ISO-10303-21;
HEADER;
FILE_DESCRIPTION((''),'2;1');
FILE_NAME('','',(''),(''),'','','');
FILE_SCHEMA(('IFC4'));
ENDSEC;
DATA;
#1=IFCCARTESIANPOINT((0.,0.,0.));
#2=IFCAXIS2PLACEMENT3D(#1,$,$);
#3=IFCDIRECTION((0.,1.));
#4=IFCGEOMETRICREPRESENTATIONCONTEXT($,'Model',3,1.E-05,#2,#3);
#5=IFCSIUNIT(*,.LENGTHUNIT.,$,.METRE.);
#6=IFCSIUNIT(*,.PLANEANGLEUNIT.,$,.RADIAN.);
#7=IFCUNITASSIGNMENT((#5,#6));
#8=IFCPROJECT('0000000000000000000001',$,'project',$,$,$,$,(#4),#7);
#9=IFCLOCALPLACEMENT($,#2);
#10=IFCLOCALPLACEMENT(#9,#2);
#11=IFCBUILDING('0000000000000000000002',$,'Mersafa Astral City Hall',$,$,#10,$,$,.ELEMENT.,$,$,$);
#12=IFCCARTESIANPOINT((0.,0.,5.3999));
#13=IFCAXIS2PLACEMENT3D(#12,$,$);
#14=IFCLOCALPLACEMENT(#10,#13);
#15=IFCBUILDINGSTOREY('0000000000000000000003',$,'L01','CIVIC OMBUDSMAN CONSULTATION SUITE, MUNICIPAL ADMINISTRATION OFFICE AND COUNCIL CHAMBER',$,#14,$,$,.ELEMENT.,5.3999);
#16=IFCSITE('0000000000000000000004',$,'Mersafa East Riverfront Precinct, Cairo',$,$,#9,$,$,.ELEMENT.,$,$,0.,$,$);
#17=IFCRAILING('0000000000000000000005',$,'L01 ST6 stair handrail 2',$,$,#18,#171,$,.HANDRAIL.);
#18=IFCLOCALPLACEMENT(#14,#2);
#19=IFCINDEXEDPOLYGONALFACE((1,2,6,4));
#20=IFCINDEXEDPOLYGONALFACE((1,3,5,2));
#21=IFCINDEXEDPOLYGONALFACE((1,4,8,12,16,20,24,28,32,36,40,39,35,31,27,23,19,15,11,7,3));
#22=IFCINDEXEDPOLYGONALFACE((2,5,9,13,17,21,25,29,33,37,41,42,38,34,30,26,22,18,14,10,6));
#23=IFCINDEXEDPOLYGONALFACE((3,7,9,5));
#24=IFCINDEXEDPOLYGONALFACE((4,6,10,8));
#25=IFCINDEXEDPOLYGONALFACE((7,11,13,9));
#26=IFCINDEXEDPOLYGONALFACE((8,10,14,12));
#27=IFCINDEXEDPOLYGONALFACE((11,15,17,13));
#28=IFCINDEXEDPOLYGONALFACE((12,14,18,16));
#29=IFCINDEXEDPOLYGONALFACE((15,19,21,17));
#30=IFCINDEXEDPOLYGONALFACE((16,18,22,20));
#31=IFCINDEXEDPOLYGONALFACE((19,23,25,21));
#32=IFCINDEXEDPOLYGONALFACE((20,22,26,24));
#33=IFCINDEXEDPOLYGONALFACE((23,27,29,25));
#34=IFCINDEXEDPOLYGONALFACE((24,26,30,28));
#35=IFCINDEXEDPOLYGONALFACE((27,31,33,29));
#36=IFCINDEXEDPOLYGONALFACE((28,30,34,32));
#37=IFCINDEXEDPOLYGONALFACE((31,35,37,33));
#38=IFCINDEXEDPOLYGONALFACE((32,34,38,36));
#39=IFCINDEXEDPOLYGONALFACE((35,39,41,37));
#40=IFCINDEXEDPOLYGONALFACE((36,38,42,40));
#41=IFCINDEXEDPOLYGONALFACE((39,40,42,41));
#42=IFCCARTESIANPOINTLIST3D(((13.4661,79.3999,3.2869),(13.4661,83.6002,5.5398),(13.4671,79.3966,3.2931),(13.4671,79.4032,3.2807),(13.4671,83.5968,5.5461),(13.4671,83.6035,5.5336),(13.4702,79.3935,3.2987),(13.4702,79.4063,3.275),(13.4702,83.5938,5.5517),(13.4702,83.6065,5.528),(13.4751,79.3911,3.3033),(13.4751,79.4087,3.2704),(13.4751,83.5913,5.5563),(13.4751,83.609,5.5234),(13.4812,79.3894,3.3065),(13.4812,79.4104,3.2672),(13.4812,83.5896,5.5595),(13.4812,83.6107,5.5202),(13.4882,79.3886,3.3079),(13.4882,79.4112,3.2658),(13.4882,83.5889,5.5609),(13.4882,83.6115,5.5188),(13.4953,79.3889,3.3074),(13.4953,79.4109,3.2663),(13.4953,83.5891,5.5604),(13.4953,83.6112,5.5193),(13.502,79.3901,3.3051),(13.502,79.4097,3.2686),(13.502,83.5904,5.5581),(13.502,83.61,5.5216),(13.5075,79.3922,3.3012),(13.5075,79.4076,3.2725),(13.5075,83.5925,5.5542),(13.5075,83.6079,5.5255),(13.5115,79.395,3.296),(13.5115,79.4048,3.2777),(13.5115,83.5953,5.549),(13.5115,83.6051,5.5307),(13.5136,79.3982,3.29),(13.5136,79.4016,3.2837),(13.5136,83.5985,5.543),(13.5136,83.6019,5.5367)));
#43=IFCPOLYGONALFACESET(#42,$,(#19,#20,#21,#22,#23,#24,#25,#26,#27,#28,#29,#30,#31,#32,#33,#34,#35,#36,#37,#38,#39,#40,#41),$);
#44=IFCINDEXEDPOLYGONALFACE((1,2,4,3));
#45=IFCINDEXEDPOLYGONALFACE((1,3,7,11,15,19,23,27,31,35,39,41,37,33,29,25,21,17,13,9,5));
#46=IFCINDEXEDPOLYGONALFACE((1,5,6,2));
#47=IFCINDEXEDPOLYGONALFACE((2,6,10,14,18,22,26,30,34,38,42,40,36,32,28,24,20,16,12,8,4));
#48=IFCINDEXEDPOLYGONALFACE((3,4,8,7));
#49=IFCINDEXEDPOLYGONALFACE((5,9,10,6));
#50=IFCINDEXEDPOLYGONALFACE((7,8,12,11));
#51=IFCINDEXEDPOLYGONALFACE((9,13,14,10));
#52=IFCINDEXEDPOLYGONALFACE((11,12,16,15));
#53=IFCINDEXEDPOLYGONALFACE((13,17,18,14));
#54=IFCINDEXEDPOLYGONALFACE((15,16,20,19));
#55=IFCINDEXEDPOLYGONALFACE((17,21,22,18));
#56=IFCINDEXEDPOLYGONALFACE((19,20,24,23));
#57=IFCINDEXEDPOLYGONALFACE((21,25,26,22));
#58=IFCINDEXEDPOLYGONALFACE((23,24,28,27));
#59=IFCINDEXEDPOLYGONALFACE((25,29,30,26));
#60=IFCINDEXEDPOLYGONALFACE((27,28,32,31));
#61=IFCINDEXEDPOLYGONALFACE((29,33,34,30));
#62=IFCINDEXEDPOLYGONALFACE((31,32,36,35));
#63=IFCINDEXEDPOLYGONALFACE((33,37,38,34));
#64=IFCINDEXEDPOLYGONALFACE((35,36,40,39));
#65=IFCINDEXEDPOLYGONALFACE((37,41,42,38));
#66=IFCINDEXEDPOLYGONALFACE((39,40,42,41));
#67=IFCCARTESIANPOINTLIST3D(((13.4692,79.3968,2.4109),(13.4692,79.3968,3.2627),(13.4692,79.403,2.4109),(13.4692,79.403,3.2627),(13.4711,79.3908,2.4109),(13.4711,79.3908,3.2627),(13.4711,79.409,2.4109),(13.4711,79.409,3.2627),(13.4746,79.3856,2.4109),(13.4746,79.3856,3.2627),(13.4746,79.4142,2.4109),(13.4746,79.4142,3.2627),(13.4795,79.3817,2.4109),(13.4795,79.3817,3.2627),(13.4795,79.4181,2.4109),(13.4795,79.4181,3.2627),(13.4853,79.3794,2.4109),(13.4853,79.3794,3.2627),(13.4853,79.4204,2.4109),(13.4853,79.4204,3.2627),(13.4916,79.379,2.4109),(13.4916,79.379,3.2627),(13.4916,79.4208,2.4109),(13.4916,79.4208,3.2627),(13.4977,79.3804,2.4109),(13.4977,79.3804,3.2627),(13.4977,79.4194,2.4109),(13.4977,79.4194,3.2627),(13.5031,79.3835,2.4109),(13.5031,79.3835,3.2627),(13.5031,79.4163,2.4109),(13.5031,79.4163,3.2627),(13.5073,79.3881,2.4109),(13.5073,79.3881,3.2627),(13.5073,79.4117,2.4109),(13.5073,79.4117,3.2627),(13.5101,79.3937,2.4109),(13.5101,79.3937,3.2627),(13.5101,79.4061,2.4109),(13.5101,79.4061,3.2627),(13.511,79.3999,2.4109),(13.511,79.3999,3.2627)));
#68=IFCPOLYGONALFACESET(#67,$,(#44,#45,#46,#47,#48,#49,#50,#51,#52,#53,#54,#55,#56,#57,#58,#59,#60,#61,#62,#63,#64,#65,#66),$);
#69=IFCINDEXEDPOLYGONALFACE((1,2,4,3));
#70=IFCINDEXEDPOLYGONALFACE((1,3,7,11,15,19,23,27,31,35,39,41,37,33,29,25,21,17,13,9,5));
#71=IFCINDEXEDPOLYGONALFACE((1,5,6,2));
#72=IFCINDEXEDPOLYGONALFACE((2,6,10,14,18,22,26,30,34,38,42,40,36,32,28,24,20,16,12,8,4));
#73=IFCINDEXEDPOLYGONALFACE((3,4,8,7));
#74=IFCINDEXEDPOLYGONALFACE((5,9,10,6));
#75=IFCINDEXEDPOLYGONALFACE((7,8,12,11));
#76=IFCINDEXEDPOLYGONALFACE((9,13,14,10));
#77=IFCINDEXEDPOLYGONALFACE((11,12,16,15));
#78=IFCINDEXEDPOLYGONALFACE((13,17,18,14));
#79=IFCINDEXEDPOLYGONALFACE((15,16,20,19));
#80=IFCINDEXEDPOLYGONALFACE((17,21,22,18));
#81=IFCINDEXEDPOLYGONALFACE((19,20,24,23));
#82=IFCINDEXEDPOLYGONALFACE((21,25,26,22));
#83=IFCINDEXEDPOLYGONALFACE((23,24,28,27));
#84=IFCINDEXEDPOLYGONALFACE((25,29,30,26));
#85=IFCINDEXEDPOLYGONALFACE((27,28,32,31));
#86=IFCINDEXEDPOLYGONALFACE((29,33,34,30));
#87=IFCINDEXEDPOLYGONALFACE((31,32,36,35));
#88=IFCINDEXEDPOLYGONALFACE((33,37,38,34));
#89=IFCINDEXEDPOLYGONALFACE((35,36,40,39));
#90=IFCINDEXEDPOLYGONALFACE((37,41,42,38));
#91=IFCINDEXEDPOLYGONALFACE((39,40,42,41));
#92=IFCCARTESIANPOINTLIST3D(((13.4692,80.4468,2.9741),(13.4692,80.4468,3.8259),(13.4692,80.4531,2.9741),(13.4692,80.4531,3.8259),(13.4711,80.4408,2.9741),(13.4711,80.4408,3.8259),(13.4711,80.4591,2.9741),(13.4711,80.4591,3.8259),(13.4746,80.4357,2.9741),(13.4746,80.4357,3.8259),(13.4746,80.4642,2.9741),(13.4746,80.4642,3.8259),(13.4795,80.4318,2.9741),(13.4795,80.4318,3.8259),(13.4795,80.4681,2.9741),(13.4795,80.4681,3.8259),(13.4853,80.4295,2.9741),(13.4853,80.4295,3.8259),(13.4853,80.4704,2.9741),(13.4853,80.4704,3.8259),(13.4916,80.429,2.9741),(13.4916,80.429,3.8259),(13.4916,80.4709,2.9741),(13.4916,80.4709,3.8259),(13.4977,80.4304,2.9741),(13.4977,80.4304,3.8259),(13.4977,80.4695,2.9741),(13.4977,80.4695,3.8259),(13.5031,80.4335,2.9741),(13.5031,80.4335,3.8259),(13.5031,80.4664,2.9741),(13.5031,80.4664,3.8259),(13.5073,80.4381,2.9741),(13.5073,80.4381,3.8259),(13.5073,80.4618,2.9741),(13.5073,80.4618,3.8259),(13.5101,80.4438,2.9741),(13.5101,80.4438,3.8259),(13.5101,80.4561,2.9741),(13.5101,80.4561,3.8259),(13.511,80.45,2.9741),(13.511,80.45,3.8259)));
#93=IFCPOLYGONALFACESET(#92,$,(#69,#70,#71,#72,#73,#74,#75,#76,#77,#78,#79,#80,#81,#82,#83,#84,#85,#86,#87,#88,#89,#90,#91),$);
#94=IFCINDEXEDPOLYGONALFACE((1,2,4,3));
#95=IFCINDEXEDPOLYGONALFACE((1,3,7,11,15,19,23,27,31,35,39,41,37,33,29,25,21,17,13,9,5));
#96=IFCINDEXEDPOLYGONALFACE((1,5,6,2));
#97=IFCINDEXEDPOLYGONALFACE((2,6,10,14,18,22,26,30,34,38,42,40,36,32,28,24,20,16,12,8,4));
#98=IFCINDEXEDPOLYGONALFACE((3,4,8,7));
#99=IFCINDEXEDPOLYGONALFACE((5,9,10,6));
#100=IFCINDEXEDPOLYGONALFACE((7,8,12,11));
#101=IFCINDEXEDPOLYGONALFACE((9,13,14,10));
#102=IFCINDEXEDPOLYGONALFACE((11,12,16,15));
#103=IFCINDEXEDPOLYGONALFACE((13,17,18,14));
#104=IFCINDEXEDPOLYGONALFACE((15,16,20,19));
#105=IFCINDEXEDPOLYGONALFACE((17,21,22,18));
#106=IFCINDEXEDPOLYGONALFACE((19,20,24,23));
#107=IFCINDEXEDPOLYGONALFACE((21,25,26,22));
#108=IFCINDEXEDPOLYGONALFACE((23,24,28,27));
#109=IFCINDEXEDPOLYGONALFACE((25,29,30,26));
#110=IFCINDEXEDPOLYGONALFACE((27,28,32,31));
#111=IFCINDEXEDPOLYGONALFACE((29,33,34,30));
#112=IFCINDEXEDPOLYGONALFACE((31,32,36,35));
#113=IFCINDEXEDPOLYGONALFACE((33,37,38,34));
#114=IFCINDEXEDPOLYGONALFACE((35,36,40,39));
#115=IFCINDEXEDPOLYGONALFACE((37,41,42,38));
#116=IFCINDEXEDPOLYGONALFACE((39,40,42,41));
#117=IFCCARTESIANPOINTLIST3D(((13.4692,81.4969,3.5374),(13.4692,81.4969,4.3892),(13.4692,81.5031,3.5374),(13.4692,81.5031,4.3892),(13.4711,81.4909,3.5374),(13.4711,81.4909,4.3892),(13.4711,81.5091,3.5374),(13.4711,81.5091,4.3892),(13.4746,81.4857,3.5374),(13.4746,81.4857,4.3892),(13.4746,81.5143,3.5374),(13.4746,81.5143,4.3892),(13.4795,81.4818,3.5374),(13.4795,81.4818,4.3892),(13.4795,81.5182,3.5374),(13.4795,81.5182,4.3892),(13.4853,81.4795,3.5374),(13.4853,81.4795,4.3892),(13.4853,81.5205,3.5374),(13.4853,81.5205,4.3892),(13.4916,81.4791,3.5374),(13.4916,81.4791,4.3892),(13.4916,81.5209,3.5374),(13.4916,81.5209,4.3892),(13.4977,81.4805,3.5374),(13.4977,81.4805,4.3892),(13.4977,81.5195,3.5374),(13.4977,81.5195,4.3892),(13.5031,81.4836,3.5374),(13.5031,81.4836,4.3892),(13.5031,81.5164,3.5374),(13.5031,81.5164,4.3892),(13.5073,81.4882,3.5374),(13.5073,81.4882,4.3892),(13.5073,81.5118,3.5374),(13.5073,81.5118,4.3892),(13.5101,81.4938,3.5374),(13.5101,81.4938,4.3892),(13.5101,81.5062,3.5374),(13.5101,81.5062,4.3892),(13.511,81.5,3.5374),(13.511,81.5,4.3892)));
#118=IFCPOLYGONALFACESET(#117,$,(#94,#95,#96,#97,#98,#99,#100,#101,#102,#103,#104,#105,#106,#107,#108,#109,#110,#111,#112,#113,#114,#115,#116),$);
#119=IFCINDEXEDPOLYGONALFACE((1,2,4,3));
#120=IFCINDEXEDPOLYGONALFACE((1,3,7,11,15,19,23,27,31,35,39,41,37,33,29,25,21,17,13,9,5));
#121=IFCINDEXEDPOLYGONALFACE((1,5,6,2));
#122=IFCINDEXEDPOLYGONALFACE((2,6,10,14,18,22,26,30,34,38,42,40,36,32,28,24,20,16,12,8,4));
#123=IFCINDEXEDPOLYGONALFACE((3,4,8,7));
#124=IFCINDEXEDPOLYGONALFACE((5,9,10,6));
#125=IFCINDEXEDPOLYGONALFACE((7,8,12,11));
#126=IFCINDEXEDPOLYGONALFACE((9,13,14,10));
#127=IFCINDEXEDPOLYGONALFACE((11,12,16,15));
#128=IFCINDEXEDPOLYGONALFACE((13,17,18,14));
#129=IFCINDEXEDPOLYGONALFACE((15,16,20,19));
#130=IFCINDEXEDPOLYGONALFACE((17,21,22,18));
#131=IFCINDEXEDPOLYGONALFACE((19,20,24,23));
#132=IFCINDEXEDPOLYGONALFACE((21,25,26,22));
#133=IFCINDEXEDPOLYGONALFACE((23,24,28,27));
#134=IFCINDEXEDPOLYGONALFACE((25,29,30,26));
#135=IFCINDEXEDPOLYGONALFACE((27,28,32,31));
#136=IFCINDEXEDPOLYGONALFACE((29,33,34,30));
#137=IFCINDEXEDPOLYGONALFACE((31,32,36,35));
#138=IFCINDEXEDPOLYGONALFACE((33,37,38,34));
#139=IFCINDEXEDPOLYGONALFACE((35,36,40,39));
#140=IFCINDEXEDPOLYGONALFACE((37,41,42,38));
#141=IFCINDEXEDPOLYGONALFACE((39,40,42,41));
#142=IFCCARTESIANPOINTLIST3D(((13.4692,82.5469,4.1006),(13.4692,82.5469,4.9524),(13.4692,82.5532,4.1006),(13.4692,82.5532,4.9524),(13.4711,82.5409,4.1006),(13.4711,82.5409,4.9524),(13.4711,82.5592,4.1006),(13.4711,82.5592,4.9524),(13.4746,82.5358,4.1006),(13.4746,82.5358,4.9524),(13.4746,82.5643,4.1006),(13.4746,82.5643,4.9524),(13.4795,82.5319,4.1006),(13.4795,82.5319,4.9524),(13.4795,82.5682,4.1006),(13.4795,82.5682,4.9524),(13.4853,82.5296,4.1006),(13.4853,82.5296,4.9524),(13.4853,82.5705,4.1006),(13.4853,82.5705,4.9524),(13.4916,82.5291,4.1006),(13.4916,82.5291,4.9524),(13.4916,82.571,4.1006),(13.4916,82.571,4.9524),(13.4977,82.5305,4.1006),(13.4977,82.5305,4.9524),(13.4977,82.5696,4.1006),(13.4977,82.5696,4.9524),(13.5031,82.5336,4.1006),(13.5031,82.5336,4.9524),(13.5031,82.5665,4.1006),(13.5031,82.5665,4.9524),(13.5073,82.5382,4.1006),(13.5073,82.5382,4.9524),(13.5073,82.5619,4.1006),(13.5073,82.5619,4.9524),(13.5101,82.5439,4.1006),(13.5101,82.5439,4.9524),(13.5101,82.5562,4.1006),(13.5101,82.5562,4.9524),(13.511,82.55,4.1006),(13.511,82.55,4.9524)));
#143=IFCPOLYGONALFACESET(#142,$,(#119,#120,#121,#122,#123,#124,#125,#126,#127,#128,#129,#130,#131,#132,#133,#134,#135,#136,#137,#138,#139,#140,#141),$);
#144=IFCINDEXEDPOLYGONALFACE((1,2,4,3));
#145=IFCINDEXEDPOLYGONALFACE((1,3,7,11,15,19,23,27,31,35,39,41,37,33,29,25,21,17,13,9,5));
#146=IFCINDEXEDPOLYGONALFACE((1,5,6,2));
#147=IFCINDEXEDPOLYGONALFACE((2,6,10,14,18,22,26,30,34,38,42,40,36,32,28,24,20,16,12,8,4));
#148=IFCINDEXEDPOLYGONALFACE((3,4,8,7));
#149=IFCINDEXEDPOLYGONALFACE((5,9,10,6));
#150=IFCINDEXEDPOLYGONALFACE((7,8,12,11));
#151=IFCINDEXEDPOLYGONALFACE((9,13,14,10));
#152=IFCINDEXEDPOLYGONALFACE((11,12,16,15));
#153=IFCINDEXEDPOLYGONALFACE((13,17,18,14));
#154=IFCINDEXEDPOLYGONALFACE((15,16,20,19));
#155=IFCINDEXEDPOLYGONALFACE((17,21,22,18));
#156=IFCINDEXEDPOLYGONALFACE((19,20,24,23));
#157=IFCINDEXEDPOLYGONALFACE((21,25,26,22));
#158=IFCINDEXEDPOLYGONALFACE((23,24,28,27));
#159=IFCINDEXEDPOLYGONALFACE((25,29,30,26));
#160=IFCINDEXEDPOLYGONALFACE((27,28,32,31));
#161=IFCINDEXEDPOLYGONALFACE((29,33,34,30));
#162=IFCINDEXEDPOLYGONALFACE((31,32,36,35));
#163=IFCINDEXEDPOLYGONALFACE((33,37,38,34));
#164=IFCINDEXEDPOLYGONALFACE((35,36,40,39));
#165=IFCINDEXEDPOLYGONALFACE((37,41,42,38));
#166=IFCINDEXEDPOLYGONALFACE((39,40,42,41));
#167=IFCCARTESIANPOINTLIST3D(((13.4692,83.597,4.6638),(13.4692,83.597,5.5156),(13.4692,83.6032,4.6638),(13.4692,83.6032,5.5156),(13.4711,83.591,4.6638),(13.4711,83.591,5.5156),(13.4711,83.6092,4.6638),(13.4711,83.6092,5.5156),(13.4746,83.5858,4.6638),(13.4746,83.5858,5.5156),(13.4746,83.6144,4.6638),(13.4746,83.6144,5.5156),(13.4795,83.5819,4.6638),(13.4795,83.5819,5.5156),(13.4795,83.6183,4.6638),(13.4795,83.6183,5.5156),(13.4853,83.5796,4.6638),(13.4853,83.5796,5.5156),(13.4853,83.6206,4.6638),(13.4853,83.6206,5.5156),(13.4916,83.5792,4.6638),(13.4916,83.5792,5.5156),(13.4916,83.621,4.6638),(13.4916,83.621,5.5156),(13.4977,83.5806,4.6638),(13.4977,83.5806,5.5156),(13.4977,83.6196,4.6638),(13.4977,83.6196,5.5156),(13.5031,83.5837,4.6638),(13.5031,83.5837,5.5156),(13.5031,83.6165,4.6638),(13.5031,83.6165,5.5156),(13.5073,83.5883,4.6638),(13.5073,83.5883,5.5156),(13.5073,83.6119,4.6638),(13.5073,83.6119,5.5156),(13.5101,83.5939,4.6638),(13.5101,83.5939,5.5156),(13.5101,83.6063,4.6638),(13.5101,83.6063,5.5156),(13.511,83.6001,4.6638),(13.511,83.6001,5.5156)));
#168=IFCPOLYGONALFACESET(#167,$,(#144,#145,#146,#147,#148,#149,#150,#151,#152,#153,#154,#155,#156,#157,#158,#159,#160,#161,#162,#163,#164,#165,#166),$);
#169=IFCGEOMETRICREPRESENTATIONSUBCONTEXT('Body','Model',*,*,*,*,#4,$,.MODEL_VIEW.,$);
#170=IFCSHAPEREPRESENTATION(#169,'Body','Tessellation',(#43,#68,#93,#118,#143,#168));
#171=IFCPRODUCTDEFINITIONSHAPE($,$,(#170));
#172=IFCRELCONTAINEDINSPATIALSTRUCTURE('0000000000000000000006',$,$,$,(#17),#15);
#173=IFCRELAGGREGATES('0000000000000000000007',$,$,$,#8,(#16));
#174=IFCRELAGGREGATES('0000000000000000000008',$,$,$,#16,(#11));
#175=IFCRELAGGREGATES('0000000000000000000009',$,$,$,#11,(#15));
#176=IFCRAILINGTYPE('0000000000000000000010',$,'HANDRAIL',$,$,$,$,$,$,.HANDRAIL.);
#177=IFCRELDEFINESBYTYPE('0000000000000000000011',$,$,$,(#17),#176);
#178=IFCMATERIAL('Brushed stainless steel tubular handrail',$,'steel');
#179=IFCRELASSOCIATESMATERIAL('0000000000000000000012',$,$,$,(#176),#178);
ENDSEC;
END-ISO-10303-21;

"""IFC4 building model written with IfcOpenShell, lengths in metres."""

from ifc_helpers import new_model, si_unit, direction, frame, origin, origin_2d, place, context, subcontext, project, spatial, circle, extrude, material, type_object, element, save


model = new_model("IFC4")

# Units and contexts
model_context = context("Model", 3, precision=1e-05, world=origin(), true_north=direction((0.0, 1.0)))
body_context = subcontext(model_context, "Body", "Model", "MODEL_VIEW")
ifc_project = project(units=[si_unit("LENGTHUNIT", "METRE"), si_unit("PLANEANGLEUNIT", "RADIAN")], contexts=[model_context])

# Site, building, storey
site_placement = place(None, origin())
site = spatial("IfcSite", under=ifc_project, at=site_placement, Name="Mersafa East Riverfront Precinct, Cairo", CompositionType="ELEMENT", RefElevation=0.0)
building_placement = place(site_placement, origin())
building = spatial("IfcBuilding", under=site, at=building_placement, Name="Mersafa Astral City Hall", CompositionType="ELEMENT")
storey_placement = place(building_placement, frame((0.0, 0.0, 5.3999)))
storey = spatial("IfcBuildingStorey", under=building, at=storey_placement, Name="L01", Description="CIVIC OMBUDSMAN CONSULTATION SUITE, MUNICIPAL ADMINISTRATION OFFICE AND COUNCIL CHAMBER", CompositionType="ELEMENT", Elevation=5.3999)

# Railing
ifc_material_1 = material(Name="Brushed stainless steel tubular handrail", Category="steel")
railing_type_1 = type_object("IfcRailingType", Name="HANDRAIL", PredefinedType="HANDRAIL", material=ifc_material_1)
railing_1_placement = place(storey_placement, frame((13.49, 79.3999, 2.4109)))
element("IfcRailing", 1, at=railing_1_placement, inside=storey, type_object=railing_type_1, Name="L01 ST6 stair handrail 2", PredefinedType="HANDRAIL", context=body_context, shape_type="SweptSolid", body=[
    extrude(circle(Radius=0.0239, at=origin_2d()), frame((0.0, 0.0, 0.876), z_axis=(0.0, 0.881233, 0.472682), x_axis=(-1.0, 0.0, 0.0)), (0.0, 0.0, 1.0), 4.7664),
    extrude(circle(Radius=0.021, at=origin_2d()), origin(), (0.0, 0.0, 1.0), 0.8518),
    extrude(circle(Radius=0.021, at=origin_2d()), frame((0.0, 1.05, 0.5632)), (0.0, 0.0, 1.0), 0.8518),
    extrude(circle(Radius=0.021, at=origin_2d()), frame((0.0, 2.1001, 1.1265)), (0.0, 0.0, 1.0), 0.8518),
    extrude(circle(Radius=0.021, at=origin_2d()), frame((0.0, 3.1501, 1.6897)), (0.0, 0.0, 1.0), 0.8518),
    extrude(circle(Radius=0.021, at=origin_2d()), frame((0.0, 4.2002, 2.2529)), (0.0, 0.0, 1.0), 0.8518),
])

save(model, "model.ifc")
